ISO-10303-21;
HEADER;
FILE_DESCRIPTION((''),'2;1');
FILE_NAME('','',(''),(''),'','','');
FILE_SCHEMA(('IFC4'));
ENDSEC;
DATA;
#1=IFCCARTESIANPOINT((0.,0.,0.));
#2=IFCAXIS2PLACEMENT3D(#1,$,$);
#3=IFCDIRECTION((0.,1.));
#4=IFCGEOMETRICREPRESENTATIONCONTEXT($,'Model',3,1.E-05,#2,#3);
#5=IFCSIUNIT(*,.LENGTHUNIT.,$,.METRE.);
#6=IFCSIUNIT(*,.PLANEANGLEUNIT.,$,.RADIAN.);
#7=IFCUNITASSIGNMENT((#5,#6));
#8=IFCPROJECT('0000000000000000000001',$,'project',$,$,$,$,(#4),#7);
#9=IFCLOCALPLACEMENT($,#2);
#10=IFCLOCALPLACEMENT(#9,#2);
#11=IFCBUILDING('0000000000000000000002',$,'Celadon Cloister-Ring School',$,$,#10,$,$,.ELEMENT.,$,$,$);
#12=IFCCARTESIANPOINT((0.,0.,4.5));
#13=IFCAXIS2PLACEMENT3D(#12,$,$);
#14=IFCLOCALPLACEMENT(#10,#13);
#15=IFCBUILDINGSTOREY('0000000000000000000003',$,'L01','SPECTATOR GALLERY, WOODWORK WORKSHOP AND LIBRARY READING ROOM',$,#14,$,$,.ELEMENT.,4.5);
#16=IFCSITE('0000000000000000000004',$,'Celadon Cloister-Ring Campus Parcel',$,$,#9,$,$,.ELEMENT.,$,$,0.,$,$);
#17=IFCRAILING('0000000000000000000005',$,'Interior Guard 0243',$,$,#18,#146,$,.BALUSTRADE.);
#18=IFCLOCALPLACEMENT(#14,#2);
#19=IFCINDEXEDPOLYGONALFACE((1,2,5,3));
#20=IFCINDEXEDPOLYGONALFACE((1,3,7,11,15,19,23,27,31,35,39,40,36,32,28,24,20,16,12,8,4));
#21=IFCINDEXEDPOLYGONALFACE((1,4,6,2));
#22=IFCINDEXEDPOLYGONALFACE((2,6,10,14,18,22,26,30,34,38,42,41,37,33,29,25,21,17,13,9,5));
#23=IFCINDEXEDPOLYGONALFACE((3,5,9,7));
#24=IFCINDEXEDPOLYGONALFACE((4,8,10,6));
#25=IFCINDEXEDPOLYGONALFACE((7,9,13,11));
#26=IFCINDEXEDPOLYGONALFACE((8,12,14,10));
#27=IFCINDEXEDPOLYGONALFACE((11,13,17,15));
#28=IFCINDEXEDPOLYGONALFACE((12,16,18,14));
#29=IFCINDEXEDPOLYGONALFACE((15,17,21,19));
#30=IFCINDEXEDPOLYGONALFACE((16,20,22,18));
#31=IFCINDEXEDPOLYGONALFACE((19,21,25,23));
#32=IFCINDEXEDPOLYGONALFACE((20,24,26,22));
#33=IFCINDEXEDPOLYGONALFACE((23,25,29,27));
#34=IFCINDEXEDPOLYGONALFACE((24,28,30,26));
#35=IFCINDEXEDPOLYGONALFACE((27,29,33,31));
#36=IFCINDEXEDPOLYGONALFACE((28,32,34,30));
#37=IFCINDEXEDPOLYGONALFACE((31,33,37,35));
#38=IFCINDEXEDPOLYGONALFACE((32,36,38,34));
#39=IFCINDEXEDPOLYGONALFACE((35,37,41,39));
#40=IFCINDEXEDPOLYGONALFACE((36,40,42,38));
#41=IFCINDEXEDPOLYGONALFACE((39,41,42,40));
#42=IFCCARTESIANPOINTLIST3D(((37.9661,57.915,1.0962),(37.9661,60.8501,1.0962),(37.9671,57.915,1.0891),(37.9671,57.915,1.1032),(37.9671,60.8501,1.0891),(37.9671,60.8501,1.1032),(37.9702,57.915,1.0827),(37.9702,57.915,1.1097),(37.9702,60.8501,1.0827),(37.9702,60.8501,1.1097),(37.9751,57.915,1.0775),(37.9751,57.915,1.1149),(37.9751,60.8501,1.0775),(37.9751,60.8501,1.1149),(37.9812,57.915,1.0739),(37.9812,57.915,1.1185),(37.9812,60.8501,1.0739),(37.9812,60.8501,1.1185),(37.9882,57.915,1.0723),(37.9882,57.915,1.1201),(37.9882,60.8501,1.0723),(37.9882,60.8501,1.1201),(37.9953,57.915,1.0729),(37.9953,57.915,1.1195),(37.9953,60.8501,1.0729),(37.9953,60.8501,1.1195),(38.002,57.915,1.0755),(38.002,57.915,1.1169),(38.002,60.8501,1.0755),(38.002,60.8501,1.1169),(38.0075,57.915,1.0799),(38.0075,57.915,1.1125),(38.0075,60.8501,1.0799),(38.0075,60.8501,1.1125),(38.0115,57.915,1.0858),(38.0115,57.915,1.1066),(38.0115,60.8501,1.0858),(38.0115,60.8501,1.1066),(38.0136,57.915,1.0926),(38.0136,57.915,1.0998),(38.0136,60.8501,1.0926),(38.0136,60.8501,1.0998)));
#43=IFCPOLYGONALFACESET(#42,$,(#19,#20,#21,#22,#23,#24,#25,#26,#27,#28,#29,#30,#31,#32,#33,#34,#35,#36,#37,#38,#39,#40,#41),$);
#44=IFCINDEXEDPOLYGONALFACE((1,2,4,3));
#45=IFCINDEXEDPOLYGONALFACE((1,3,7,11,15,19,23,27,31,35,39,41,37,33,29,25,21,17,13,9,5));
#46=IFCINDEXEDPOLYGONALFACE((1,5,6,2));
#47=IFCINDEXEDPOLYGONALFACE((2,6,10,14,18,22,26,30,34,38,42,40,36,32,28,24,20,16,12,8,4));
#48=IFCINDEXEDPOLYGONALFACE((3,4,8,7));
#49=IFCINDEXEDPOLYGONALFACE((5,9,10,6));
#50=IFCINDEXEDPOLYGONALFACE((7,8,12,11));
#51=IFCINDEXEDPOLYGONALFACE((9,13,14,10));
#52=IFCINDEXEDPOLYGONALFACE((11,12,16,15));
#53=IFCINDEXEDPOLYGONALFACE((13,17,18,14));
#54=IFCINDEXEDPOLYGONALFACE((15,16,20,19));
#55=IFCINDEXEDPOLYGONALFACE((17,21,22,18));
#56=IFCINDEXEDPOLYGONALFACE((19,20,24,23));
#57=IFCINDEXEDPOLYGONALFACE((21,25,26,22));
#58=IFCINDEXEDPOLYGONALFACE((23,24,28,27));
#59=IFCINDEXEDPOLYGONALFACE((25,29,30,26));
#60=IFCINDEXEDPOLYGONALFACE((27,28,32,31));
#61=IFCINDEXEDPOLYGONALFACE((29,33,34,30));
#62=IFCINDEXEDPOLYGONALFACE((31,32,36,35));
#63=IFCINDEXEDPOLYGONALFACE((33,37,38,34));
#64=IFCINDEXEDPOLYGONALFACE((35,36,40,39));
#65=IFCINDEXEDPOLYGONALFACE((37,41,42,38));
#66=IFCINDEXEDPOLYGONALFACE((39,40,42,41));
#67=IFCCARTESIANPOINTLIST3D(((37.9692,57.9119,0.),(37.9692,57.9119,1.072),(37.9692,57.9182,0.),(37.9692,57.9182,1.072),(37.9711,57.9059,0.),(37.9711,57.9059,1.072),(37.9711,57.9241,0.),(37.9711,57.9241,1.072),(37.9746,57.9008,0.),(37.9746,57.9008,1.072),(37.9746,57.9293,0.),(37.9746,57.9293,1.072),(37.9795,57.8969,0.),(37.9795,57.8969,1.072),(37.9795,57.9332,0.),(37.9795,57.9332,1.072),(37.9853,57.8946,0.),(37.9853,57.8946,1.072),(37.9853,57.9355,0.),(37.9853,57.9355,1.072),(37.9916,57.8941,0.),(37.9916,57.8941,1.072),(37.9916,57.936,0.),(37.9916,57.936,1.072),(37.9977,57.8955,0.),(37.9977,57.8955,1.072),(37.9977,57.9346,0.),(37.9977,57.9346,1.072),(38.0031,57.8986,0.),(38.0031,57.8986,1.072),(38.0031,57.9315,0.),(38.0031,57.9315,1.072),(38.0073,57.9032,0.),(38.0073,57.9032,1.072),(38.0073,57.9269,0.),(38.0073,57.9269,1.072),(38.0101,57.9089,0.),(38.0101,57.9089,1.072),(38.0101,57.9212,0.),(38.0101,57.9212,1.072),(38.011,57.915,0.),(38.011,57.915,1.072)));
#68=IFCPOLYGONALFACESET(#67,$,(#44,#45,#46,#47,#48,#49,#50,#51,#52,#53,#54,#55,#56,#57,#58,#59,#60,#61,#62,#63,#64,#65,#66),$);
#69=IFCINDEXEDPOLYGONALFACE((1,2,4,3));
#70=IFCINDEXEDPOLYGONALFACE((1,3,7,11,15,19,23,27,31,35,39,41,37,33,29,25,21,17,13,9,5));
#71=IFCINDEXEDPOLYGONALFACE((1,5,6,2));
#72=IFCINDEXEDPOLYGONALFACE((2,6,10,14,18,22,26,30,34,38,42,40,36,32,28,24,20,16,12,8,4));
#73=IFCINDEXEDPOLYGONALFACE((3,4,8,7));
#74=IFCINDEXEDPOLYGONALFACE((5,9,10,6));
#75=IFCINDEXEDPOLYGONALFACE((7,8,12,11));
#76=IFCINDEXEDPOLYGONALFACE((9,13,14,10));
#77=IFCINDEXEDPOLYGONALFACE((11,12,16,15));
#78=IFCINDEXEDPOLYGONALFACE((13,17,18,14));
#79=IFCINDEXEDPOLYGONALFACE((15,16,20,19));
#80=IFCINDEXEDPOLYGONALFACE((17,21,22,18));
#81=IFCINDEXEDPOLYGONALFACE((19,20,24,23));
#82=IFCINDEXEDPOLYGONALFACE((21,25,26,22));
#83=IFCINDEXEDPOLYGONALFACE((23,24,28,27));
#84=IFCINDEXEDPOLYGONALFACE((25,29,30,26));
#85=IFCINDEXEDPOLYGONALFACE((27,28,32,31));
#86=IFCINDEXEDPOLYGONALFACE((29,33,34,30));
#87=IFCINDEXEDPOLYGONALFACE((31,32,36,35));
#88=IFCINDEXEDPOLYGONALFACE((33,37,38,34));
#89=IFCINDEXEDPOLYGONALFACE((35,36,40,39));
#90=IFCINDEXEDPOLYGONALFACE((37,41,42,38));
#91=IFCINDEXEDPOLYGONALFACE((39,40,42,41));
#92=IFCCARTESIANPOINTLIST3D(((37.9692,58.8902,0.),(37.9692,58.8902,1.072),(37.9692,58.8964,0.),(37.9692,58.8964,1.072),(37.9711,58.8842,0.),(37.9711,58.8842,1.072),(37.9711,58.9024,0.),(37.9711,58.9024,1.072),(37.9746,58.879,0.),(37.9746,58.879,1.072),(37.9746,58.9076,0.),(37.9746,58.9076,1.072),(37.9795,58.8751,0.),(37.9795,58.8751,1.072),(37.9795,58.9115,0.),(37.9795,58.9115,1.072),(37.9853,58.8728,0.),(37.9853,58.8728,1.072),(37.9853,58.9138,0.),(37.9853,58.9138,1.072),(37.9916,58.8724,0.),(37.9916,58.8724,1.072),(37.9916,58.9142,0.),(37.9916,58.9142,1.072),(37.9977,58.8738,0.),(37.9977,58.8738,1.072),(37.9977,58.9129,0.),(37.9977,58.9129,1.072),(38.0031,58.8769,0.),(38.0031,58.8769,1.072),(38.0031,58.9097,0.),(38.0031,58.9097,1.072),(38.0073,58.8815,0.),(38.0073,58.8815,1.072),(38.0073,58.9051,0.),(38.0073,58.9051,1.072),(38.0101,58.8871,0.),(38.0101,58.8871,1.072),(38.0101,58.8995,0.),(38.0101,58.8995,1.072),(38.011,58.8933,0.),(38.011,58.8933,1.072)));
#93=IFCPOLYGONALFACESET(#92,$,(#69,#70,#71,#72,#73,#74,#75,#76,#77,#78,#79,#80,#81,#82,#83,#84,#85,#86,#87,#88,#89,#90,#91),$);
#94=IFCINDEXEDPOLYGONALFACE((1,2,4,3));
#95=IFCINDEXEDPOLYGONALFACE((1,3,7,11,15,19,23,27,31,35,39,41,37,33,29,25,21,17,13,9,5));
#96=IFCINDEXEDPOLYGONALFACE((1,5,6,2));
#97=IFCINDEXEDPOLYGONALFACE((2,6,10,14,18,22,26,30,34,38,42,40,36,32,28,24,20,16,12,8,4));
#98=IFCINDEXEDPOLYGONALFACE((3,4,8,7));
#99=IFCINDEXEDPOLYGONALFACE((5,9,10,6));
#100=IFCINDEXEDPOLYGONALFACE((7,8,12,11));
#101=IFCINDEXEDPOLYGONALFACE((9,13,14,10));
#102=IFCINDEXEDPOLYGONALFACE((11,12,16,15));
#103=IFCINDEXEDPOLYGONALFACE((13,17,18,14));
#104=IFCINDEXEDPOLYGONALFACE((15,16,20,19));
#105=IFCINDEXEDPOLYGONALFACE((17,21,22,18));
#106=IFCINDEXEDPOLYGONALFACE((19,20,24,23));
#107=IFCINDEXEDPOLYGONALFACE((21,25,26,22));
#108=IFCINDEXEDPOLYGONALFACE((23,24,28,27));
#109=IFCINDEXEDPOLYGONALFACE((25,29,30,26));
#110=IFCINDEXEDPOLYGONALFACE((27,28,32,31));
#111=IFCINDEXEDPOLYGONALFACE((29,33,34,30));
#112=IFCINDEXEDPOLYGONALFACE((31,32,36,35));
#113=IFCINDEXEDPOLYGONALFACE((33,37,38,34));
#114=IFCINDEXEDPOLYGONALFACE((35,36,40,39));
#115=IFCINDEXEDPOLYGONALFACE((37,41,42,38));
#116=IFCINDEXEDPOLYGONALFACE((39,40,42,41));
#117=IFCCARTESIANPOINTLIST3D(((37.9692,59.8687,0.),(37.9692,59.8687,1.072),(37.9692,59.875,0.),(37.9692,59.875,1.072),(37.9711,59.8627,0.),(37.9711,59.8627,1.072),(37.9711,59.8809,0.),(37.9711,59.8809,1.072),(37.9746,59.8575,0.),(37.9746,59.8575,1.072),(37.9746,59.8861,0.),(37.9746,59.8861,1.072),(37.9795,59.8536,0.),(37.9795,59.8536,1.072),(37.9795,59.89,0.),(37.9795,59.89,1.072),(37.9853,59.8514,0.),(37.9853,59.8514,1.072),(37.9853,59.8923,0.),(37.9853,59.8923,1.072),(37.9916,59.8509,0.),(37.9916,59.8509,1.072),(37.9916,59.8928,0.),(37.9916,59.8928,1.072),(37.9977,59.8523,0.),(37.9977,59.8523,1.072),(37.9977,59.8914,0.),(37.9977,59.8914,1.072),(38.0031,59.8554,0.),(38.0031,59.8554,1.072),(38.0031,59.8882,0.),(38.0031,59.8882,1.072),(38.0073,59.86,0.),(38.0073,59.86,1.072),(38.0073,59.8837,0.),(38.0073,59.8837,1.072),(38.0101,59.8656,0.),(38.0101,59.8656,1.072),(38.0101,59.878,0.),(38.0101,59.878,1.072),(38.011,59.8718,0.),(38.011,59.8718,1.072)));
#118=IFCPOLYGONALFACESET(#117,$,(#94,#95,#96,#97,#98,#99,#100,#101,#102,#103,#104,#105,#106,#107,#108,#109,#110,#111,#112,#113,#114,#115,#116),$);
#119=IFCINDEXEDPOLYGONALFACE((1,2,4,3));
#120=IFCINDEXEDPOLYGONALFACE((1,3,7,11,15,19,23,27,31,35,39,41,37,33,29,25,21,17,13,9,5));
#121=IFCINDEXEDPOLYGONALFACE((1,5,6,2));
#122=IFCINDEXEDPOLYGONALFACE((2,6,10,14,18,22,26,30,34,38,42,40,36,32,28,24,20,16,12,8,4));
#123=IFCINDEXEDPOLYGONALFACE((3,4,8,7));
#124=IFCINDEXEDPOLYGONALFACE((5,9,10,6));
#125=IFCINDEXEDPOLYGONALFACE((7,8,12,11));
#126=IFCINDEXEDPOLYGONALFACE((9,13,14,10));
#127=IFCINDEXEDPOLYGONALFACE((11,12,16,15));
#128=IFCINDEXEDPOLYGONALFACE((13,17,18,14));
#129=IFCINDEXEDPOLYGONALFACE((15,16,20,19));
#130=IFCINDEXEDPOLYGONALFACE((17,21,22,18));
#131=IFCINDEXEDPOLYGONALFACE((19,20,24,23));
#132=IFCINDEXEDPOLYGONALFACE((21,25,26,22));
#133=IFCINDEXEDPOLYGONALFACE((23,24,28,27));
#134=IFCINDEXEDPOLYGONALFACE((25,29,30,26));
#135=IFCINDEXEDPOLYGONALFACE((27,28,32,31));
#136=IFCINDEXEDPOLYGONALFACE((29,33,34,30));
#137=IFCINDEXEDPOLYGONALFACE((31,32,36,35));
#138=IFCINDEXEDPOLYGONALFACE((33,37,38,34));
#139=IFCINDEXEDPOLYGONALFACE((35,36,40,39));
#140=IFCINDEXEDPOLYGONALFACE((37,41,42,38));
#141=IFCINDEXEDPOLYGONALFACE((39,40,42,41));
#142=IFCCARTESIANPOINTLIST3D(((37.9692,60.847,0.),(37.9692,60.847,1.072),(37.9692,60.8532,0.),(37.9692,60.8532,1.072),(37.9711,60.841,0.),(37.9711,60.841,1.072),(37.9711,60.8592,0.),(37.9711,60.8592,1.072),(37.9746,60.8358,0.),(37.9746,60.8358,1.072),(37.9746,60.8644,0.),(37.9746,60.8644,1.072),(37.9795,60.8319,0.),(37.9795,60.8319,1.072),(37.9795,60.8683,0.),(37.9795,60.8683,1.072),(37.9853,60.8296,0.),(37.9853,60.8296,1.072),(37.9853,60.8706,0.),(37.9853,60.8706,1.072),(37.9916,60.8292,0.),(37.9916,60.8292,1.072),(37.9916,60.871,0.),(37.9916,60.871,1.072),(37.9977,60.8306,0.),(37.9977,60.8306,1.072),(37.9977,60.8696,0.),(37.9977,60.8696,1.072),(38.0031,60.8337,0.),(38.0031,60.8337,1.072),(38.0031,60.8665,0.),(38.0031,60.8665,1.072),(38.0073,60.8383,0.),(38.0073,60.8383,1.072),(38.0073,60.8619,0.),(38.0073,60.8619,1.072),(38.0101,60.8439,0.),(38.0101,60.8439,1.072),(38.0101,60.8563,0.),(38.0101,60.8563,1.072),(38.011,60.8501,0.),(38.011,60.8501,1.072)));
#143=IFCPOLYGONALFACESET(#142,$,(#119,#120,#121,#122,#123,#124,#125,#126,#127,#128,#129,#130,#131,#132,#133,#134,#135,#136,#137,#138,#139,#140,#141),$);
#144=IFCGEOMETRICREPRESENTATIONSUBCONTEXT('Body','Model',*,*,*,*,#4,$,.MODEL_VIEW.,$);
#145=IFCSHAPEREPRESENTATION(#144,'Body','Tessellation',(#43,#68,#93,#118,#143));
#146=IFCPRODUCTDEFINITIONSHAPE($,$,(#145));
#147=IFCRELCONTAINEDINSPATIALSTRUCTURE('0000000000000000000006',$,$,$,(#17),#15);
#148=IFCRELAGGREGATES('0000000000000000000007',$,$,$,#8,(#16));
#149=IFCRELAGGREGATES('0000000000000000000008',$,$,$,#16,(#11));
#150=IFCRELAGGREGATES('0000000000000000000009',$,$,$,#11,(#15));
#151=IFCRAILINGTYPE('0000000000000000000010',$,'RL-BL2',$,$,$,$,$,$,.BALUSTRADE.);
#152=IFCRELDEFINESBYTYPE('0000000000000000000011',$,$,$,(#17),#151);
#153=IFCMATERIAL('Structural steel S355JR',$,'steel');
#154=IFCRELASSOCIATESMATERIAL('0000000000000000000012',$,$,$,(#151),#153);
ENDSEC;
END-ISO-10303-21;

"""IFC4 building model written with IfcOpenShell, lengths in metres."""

from ifc_helpers import new_model, si_unit, direction, frame, origin, origin_2d, place, context, subcontext, project, spatial, circle, extrude, material, type_object, element, save


model = new_model("IFC4")

# Units and contexts
model_context = context("Model", 3, precision=1e-05, world=origin(), true_north=direction((0.0, 1.0)))
body_context = subcontext(model_context, "Body", "Model", "MODEL_VIEW")
ifc_project = project(units=[si_unit("LENGTHUNIT", "METRE"), si_unit("PLANEANGLEUNIT", "RADIAN")], contexts=[model_context])

# Site, building, storey
site_placement = place(None, origin())
site = spatial("IfcSite", under=ifc_project, at=site_placement, Name="Celadon Cloister-Ring Campus Parcel", CompositionType="ELEMENT", RefElevation=0.0)
building_placement = place(site_placement, origin())
building = spatial("IfcBuilding", under=site, at=building_placement, Name="Celadon Cloister-Ring School", CompositionType="ELEMENT")
storey_placement = place(building_placement, frame((0.0, 0.0, 4.5)))
storey = spatial("IfcBuildingStorey", under=building, at=storey_placement, Name="L01", Description="SPECTATOR GALLERY, WOODWORK WORKSHOP AND LIBRARY READING ROOM", CompositionType="ELEMENT", Elevation=4.5)

# Railing
ifc_material_1 = material(Name="Structural steel S355JR", Category="steel")
railing_type_1 = type_object("IfcRailingType", Name="RL-BL2", PredefinedType="BALUSTRADE", material=ifc_material_1)
railing_1_placement = place(storey_placement, frame((37.99, 57.915, 0.0)))
element("IfcRailing", 1, at=railing_1_placement, inside=storey, type_object=railing_type_1, Name="Interior Guard 0243", PredefinedType="BALUSTRADE", context=body_context, shape_type="SweptSolid", body=[
    extrude(circle(Radius=0.0239, at=origin_2d()), frame((0.0, 0.0, 1.0962), z_axis=(0.0, 1.0, 0.0), x_axis=(-1.0, 0.0, 0.0)), (0.0, 0.0, 1.0), 2.9351),
    extrude(circle(Radius=0.021, at=origin_2d()), origin(), (0.0, 0.0, 1.0), 1.072),
    extrude(circle(Radius=0.021, at=origin_2d()), frame((0.0, 0.9783, 0.0)), (0.0, 0.0, 1.0), 1.072),
    extrude(circle(Radius=0.021, at=origin_2d()), frame((0.0, 1.9568, 0.0)), (0.0, 0.0, 1.0), 1.072),
    extrude(circle(Radius=0.021, at=origin_2d()), frame((0.0, 2.9351, 0.0)), (0.0, 0.0, 1.0), 1.072),
])

save(model, "model.ifc")
